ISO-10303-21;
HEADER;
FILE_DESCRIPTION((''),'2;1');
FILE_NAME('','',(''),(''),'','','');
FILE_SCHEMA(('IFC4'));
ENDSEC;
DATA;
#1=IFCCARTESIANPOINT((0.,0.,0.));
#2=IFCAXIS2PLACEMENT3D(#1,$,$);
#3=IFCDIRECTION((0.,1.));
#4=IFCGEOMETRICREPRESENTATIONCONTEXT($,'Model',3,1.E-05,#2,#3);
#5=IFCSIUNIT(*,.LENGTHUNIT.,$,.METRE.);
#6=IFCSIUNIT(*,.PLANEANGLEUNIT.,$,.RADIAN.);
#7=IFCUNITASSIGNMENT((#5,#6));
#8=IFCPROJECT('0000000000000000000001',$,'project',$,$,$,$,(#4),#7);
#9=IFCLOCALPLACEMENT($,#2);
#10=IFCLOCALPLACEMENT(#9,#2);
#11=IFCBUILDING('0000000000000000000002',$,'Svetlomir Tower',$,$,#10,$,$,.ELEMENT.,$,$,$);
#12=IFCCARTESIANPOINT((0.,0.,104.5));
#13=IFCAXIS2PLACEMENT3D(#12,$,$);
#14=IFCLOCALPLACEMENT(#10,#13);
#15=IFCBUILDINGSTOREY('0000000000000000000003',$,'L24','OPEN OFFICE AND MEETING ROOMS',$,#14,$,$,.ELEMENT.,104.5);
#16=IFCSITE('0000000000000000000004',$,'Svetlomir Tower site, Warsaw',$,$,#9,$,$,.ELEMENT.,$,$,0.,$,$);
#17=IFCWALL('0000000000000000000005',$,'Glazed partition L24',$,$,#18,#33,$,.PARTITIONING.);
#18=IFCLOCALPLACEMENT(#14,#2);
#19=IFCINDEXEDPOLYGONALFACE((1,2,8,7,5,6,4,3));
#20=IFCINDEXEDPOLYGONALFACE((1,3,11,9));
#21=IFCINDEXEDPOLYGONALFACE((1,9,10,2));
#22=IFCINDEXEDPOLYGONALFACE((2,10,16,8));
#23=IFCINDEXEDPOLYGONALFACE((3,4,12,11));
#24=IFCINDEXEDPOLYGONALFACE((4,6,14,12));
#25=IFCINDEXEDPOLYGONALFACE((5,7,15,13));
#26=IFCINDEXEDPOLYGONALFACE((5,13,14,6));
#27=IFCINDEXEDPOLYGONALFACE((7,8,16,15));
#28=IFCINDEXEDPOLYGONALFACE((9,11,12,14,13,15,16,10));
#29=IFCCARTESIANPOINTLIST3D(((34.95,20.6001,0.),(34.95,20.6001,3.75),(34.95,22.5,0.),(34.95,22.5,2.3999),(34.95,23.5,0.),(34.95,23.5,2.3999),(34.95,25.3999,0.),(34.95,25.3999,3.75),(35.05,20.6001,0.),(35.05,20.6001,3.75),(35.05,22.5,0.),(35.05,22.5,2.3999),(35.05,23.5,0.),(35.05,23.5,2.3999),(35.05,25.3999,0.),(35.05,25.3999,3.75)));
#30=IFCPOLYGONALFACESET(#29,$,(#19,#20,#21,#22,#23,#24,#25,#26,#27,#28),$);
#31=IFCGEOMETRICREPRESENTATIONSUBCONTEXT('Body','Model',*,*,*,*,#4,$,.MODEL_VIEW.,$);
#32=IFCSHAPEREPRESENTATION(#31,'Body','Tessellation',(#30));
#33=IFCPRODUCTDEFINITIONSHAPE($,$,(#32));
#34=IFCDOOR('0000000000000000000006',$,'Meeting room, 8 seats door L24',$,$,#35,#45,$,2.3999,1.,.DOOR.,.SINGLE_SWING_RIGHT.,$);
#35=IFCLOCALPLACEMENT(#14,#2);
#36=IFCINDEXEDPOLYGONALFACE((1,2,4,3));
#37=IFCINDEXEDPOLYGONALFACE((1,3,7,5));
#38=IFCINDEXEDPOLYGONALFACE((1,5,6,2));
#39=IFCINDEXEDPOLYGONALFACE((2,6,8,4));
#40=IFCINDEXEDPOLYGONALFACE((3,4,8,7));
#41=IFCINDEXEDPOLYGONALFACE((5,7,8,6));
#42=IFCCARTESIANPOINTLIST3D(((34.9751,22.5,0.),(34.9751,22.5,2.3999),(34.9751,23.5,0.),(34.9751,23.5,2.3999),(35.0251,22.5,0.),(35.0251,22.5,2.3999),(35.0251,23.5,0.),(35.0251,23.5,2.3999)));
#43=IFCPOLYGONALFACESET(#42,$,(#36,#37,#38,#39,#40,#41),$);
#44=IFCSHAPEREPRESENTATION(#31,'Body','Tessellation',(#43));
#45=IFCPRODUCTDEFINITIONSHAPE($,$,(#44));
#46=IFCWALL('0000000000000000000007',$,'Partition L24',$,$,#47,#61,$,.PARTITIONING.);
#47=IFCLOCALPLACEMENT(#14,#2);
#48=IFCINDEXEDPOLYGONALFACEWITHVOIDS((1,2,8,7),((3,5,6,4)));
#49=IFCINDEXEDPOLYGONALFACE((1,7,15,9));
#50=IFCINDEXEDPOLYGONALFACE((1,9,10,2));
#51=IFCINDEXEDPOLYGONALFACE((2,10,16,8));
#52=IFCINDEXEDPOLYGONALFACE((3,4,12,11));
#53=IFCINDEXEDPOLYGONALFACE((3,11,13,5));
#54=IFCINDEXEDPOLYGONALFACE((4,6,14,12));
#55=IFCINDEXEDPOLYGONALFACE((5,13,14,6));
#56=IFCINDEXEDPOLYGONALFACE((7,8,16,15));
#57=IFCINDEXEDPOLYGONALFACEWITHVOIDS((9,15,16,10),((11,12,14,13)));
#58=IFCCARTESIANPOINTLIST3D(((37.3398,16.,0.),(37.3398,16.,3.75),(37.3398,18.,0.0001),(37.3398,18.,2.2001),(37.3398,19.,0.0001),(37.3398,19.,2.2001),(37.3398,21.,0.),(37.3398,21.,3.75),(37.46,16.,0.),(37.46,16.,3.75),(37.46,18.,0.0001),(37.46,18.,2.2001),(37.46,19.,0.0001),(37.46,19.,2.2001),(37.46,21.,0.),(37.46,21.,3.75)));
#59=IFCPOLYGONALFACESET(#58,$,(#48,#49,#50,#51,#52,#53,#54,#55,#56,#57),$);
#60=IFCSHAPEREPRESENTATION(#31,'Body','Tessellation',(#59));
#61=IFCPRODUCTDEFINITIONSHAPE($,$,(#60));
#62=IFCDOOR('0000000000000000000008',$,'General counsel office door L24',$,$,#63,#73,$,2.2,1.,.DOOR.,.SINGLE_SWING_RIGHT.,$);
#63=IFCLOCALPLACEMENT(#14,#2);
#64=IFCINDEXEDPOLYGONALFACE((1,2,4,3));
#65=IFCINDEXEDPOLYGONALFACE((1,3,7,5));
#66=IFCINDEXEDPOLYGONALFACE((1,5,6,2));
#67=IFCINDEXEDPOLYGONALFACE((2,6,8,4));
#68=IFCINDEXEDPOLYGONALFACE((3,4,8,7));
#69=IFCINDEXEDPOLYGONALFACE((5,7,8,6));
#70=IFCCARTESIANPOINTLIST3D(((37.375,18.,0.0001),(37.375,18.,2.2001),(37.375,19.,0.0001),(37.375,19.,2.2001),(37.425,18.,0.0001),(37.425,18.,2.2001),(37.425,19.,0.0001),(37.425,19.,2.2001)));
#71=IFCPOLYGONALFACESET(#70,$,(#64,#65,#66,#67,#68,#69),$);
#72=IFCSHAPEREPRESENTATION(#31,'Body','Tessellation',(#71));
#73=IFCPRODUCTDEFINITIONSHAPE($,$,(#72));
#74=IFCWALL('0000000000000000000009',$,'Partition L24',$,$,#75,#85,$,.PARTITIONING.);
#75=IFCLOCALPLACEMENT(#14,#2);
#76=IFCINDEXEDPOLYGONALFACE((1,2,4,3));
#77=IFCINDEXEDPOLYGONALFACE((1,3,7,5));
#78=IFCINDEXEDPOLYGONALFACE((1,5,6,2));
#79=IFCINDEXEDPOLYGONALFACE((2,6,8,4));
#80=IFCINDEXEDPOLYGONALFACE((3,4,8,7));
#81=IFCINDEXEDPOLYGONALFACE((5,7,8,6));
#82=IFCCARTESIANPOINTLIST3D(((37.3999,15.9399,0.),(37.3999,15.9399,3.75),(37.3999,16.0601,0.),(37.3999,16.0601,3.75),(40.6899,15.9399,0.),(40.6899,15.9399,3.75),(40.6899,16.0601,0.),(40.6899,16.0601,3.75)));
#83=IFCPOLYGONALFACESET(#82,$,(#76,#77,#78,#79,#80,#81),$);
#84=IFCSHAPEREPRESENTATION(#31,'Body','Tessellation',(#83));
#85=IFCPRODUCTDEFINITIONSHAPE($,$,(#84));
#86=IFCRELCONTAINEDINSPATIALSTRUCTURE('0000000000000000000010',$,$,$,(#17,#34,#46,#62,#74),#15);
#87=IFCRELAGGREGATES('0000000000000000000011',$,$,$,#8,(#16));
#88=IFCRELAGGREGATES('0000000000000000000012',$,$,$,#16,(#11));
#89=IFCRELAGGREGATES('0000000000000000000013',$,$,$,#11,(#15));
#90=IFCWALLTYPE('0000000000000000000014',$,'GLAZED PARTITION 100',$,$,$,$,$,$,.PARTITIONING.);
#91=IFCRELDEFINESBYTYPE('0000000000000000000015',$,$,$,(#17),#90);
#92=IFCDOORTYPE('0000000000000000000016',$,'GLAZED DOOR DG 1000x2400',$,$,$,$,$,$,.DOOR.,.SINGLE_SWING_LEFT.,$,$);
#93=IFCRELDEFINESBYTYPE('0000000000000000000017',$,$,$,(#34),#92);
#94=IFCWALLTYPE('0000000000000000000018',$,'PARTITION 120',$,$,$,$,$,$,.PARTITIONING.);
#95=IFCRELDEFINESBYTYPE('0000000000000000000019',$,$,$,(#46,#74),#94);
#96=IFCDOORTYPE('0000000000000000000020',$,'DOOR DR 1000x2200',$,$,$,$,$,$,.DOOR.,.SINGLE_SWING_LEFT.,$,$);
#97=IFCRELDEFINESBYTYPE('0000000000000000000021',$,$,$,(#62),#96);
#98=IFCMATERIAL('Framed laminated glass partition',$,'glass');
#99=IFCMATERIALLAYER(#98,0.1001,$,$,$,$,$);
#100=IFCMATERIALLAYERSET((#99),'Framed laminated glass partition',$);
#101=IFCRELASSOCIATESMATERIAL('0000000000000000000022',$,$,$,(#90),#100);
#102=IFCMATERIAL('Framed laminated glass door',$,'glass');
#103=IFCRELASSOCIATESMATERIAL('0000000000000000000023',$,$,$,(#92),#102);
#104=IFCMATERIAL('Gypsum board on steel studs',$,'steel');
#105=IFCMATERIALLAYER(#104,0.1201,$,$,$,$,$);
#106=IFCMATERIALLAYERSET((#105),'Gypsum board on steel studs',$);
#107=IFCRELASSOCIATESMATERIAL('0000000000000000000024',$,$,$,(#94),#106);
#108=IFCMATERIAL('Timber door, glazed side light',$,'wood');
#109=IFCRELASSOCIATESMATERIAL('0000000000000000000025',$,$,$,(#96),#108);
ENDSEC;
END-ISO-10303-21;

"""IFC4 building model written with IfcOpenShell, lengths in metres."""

from ifc_helpers import new_model, si_unit, direction, frame, frame_2d, origin, place, context, subcontext, project, spatial, rectangle, extrude, material, layer, layer_set, type_object, element, fill, save


model = new_model("IFC4")

# Units and contexts
model_context = context("Model", 3, precision=1e-05, world=origin(), true_north=direction((0.0, 1.0)))
body_context = subcontext(model_context, "Body", "Model", "MODEL_VIEW")
ifc_project = project(units=[si_unit("LENGTHUNIT", "METRE"), si_unit("PLANEANGLEUNIT", "RADIAN")], contexts=[model_context])

# Site, building, storey
site_placement = place(None, origin())
site = spatial("IfcSite", under=ifc_project, at=site_placement, Name="Svetlomir Tower site, Warsaw", CompositionType="ELEMENT", RefElevation=0.0)
building_placement = place(site_placement, origin())
building = spatial("IfcBuilding", under=site, at=building_placement, Name="Svetlomir Tower", CompositionType="ELEMENT")
storey_placement = place(building_placement, frame((0.0, 0.0, 104.5)))
storey = spatial("IfcBuildingStorey", under=building, at=storey_placement, Name="L24", Description="OPEN OFFICE AND MEETING ROOMS", CompositionType="ELEMENT", Elevation=104.5)

# Shared definitions
ifc_material_1 = material(Name="Framed laminated glass partition", Category="glass")
ifc_layer_1 = layer(ifc_material_1, 0.1001)
ifc_layer_set_1 = layer_set([ifc_layer_1], Name="Framed laminated glass partition")
wall_type_1 = type_object("IfcWallType", Name="GLAZED PARTITION 100", PredefinedType="PARTITIONING", material=ifc_layer_set_1)

# Walls, openings, doors
ifc_material_2 = material(Name="Framed laminated glass door", Category="glass")
door_type_1 = type_object("IfcDoorType", Name="GLAZED DOOR DG 1000x2400", OperationType="SINGLE_SWING_LEFT", PredefinedType="DOOR", material=ifc_material_2)
wall_1_placement = place(storey_placement, frame((35.0, 20.6001, 0.0), z_axis=(0.0, 0.0, 1.0), x_axis=(0.0, 1.0, 0.0)))
wall_1 = element("IfcWall", 1, at=wall_1_placement, inside=storey, type_object=wall_type_1, Name="Glazed partition L24", PredefinedType="PARTITIONING", context=body_context, shape_type="SweptSolid", body=[
    extrude(rectangle(XDim=4.7998, YDim=0.1001, at=frame_2d((2.3999, 0.0))), origin(), (0.0, 0.0, 1.0), 3.75),
])
opening_1_placement = place(wall_1_placement, frame((1.8999, 0.0, 0.0)))
opening_1 = element("IfcOpeningElement", 2, at=opening_1_placement, cuts=wall_1, PredefinedType="OPENING", context=body_context, shape_type="SweptSolid", body=[
    extrude(rectangle(XDim=1.0, YDim=2.3999, at=frame_2d((0.5, 1.2))), frame((0.0, 0.0601, 0.0), z_axis=(0.0, -1.0, 0.0), x_axis=(1.0, 0.0, 0.0)), (0.0, 0.0, 1.0), 0.1201),
])
door_1_placement = place(opening_1_placement, origin())
door_1 = element("IfcDoor", 3, at=door_1_placement, inside=storey, type_object=door_type_1, Name="Meeting room, 8 seats door L24", OperationType="SINGLE_SWING_RIGHT", OverallHeight=2.3999, OverallWidth=1.0, PredefinedType="DOOR", context=body_context, shape_type="SweptSolid", body=[
    extrude(rectangle(XDim=1.0, YDim=2.3999, at=frame_2d((0.5, 1.2))), frame((0.0, 0.0249, 0.0), z_axis=(0.0, -1.0, 0.0), x_axis=(1.0, 0.0, 0.0)), (0.0, 0.0, 1.0), 0.05),
])
fill(opening_1, door_1)
ifc_material_3 = material(Name="Gypsum board on steel studs", Category="steel")
ifc_layer_2 = layer(ifc_material_3, 0.1201)
ifc_layer_set_2 = layer_set([ifc_layer_2], Name="Gypsum board on steel studs")
wall_type_2 = type_object("IfcWallType", Name="PARTITION 120", PredefinedType="PARTITIONING", material=ifc_layer_set_2)
wall_2_placement = place(storey_placement, frame((37.3999, 16.0, 0.0), z_axis=(0.0, 0.0, 1.0), x_axis=(0.0, 1.0, 0.0)))
wall_2 = element("IfcWall", 4, at=wall_2_placement, inside=storey, type_object=wall_type_2, Name="Partition L24", PredefinedType="PARTITIONING", context=body_context, shape_type="SweptSolid", body=[
    extrude(rectangle(XDim=5.0, YDim=0.1201, at=frame_2d((2.5, 0.0))), origin(), (0.0, 0.0, 1.0), 3.75),
])
opening_2_placement = place(wall_2_placement, frame((2.0, 0.0, 0.0)))
opening_2 = element("IfcOpeningElement", 5, at=opening_2_placement, cuts=wall_2, PredefinedType="OPENING", context=body_context, shape_type="SweptSolid", body=[
    extrude(rectangle(XDim=1.0, YDim=2.2, at=frame_2d((0.5, 1.1001))), frame((0.0, 0.0701, 0.0), z_axis=(0.0, -1.0, 0.0), x_axis=(1.0, 0.0, 0.0)), (0.0, 0.0, 1.0), 0.1401),
])
ifc_material_4 = material(Name="Timber door, glazed side light", Category="wood")
door_type_2 = type_object("IfcDoorType", Name="DOOR DR 1000x2200", OperationType="SINGLE_SWING_LEFT", PredefinedType="DOOR", material=ifc_material_4)
door_2_placement = place(opening_2_placement, origin())
door_2 = element("IfcDoor", 6, at=door_2_placement, inside=storey, type_object=door_type_2, Name="General counsel office door L24", OperationType="SINGLE_SWING_RIGHT", OverallHeight=2.2, OverallWidth=1.0, PredefinedType="DOOR", context=body_context, shape_type="SweptSolid", body=[
    extrude(rectangle(XDim=1.0, YDim=2.2, at=frame_2d((0.5, 1.1001))), frame((0.0, 0.0249, 0.0), z_axis=(0.0, -1.0, 0.0), x_axis=(1.0, 0.0, 0.0)), (0.0, 0.0, 1.0), 0.05),
])
fill(opening_2, door_2)

# Wall
wall_3_placement = place(storey_placement, frame((37.3999, 16.0, 0.0), z_axis=(0.0, 0.0, 1.0), x_axis=(1.0, 0.0, 0.0)))
element("IfcWall", 7, at=wall_3_placement, inside=storey, type_object=wall_type_2, Name="Partition L24", PredefinedType="PARTITIONING", context=body_context, shape_type="SweptSolid", body=[
    extrude(rectangle(XDim=3.29, YDim=0.1201, at=frame_2d((1.645, 0.0))), origin(), (0.0, 0.0, 1.0), 3.75),
])

save(model, "model.ifc")
